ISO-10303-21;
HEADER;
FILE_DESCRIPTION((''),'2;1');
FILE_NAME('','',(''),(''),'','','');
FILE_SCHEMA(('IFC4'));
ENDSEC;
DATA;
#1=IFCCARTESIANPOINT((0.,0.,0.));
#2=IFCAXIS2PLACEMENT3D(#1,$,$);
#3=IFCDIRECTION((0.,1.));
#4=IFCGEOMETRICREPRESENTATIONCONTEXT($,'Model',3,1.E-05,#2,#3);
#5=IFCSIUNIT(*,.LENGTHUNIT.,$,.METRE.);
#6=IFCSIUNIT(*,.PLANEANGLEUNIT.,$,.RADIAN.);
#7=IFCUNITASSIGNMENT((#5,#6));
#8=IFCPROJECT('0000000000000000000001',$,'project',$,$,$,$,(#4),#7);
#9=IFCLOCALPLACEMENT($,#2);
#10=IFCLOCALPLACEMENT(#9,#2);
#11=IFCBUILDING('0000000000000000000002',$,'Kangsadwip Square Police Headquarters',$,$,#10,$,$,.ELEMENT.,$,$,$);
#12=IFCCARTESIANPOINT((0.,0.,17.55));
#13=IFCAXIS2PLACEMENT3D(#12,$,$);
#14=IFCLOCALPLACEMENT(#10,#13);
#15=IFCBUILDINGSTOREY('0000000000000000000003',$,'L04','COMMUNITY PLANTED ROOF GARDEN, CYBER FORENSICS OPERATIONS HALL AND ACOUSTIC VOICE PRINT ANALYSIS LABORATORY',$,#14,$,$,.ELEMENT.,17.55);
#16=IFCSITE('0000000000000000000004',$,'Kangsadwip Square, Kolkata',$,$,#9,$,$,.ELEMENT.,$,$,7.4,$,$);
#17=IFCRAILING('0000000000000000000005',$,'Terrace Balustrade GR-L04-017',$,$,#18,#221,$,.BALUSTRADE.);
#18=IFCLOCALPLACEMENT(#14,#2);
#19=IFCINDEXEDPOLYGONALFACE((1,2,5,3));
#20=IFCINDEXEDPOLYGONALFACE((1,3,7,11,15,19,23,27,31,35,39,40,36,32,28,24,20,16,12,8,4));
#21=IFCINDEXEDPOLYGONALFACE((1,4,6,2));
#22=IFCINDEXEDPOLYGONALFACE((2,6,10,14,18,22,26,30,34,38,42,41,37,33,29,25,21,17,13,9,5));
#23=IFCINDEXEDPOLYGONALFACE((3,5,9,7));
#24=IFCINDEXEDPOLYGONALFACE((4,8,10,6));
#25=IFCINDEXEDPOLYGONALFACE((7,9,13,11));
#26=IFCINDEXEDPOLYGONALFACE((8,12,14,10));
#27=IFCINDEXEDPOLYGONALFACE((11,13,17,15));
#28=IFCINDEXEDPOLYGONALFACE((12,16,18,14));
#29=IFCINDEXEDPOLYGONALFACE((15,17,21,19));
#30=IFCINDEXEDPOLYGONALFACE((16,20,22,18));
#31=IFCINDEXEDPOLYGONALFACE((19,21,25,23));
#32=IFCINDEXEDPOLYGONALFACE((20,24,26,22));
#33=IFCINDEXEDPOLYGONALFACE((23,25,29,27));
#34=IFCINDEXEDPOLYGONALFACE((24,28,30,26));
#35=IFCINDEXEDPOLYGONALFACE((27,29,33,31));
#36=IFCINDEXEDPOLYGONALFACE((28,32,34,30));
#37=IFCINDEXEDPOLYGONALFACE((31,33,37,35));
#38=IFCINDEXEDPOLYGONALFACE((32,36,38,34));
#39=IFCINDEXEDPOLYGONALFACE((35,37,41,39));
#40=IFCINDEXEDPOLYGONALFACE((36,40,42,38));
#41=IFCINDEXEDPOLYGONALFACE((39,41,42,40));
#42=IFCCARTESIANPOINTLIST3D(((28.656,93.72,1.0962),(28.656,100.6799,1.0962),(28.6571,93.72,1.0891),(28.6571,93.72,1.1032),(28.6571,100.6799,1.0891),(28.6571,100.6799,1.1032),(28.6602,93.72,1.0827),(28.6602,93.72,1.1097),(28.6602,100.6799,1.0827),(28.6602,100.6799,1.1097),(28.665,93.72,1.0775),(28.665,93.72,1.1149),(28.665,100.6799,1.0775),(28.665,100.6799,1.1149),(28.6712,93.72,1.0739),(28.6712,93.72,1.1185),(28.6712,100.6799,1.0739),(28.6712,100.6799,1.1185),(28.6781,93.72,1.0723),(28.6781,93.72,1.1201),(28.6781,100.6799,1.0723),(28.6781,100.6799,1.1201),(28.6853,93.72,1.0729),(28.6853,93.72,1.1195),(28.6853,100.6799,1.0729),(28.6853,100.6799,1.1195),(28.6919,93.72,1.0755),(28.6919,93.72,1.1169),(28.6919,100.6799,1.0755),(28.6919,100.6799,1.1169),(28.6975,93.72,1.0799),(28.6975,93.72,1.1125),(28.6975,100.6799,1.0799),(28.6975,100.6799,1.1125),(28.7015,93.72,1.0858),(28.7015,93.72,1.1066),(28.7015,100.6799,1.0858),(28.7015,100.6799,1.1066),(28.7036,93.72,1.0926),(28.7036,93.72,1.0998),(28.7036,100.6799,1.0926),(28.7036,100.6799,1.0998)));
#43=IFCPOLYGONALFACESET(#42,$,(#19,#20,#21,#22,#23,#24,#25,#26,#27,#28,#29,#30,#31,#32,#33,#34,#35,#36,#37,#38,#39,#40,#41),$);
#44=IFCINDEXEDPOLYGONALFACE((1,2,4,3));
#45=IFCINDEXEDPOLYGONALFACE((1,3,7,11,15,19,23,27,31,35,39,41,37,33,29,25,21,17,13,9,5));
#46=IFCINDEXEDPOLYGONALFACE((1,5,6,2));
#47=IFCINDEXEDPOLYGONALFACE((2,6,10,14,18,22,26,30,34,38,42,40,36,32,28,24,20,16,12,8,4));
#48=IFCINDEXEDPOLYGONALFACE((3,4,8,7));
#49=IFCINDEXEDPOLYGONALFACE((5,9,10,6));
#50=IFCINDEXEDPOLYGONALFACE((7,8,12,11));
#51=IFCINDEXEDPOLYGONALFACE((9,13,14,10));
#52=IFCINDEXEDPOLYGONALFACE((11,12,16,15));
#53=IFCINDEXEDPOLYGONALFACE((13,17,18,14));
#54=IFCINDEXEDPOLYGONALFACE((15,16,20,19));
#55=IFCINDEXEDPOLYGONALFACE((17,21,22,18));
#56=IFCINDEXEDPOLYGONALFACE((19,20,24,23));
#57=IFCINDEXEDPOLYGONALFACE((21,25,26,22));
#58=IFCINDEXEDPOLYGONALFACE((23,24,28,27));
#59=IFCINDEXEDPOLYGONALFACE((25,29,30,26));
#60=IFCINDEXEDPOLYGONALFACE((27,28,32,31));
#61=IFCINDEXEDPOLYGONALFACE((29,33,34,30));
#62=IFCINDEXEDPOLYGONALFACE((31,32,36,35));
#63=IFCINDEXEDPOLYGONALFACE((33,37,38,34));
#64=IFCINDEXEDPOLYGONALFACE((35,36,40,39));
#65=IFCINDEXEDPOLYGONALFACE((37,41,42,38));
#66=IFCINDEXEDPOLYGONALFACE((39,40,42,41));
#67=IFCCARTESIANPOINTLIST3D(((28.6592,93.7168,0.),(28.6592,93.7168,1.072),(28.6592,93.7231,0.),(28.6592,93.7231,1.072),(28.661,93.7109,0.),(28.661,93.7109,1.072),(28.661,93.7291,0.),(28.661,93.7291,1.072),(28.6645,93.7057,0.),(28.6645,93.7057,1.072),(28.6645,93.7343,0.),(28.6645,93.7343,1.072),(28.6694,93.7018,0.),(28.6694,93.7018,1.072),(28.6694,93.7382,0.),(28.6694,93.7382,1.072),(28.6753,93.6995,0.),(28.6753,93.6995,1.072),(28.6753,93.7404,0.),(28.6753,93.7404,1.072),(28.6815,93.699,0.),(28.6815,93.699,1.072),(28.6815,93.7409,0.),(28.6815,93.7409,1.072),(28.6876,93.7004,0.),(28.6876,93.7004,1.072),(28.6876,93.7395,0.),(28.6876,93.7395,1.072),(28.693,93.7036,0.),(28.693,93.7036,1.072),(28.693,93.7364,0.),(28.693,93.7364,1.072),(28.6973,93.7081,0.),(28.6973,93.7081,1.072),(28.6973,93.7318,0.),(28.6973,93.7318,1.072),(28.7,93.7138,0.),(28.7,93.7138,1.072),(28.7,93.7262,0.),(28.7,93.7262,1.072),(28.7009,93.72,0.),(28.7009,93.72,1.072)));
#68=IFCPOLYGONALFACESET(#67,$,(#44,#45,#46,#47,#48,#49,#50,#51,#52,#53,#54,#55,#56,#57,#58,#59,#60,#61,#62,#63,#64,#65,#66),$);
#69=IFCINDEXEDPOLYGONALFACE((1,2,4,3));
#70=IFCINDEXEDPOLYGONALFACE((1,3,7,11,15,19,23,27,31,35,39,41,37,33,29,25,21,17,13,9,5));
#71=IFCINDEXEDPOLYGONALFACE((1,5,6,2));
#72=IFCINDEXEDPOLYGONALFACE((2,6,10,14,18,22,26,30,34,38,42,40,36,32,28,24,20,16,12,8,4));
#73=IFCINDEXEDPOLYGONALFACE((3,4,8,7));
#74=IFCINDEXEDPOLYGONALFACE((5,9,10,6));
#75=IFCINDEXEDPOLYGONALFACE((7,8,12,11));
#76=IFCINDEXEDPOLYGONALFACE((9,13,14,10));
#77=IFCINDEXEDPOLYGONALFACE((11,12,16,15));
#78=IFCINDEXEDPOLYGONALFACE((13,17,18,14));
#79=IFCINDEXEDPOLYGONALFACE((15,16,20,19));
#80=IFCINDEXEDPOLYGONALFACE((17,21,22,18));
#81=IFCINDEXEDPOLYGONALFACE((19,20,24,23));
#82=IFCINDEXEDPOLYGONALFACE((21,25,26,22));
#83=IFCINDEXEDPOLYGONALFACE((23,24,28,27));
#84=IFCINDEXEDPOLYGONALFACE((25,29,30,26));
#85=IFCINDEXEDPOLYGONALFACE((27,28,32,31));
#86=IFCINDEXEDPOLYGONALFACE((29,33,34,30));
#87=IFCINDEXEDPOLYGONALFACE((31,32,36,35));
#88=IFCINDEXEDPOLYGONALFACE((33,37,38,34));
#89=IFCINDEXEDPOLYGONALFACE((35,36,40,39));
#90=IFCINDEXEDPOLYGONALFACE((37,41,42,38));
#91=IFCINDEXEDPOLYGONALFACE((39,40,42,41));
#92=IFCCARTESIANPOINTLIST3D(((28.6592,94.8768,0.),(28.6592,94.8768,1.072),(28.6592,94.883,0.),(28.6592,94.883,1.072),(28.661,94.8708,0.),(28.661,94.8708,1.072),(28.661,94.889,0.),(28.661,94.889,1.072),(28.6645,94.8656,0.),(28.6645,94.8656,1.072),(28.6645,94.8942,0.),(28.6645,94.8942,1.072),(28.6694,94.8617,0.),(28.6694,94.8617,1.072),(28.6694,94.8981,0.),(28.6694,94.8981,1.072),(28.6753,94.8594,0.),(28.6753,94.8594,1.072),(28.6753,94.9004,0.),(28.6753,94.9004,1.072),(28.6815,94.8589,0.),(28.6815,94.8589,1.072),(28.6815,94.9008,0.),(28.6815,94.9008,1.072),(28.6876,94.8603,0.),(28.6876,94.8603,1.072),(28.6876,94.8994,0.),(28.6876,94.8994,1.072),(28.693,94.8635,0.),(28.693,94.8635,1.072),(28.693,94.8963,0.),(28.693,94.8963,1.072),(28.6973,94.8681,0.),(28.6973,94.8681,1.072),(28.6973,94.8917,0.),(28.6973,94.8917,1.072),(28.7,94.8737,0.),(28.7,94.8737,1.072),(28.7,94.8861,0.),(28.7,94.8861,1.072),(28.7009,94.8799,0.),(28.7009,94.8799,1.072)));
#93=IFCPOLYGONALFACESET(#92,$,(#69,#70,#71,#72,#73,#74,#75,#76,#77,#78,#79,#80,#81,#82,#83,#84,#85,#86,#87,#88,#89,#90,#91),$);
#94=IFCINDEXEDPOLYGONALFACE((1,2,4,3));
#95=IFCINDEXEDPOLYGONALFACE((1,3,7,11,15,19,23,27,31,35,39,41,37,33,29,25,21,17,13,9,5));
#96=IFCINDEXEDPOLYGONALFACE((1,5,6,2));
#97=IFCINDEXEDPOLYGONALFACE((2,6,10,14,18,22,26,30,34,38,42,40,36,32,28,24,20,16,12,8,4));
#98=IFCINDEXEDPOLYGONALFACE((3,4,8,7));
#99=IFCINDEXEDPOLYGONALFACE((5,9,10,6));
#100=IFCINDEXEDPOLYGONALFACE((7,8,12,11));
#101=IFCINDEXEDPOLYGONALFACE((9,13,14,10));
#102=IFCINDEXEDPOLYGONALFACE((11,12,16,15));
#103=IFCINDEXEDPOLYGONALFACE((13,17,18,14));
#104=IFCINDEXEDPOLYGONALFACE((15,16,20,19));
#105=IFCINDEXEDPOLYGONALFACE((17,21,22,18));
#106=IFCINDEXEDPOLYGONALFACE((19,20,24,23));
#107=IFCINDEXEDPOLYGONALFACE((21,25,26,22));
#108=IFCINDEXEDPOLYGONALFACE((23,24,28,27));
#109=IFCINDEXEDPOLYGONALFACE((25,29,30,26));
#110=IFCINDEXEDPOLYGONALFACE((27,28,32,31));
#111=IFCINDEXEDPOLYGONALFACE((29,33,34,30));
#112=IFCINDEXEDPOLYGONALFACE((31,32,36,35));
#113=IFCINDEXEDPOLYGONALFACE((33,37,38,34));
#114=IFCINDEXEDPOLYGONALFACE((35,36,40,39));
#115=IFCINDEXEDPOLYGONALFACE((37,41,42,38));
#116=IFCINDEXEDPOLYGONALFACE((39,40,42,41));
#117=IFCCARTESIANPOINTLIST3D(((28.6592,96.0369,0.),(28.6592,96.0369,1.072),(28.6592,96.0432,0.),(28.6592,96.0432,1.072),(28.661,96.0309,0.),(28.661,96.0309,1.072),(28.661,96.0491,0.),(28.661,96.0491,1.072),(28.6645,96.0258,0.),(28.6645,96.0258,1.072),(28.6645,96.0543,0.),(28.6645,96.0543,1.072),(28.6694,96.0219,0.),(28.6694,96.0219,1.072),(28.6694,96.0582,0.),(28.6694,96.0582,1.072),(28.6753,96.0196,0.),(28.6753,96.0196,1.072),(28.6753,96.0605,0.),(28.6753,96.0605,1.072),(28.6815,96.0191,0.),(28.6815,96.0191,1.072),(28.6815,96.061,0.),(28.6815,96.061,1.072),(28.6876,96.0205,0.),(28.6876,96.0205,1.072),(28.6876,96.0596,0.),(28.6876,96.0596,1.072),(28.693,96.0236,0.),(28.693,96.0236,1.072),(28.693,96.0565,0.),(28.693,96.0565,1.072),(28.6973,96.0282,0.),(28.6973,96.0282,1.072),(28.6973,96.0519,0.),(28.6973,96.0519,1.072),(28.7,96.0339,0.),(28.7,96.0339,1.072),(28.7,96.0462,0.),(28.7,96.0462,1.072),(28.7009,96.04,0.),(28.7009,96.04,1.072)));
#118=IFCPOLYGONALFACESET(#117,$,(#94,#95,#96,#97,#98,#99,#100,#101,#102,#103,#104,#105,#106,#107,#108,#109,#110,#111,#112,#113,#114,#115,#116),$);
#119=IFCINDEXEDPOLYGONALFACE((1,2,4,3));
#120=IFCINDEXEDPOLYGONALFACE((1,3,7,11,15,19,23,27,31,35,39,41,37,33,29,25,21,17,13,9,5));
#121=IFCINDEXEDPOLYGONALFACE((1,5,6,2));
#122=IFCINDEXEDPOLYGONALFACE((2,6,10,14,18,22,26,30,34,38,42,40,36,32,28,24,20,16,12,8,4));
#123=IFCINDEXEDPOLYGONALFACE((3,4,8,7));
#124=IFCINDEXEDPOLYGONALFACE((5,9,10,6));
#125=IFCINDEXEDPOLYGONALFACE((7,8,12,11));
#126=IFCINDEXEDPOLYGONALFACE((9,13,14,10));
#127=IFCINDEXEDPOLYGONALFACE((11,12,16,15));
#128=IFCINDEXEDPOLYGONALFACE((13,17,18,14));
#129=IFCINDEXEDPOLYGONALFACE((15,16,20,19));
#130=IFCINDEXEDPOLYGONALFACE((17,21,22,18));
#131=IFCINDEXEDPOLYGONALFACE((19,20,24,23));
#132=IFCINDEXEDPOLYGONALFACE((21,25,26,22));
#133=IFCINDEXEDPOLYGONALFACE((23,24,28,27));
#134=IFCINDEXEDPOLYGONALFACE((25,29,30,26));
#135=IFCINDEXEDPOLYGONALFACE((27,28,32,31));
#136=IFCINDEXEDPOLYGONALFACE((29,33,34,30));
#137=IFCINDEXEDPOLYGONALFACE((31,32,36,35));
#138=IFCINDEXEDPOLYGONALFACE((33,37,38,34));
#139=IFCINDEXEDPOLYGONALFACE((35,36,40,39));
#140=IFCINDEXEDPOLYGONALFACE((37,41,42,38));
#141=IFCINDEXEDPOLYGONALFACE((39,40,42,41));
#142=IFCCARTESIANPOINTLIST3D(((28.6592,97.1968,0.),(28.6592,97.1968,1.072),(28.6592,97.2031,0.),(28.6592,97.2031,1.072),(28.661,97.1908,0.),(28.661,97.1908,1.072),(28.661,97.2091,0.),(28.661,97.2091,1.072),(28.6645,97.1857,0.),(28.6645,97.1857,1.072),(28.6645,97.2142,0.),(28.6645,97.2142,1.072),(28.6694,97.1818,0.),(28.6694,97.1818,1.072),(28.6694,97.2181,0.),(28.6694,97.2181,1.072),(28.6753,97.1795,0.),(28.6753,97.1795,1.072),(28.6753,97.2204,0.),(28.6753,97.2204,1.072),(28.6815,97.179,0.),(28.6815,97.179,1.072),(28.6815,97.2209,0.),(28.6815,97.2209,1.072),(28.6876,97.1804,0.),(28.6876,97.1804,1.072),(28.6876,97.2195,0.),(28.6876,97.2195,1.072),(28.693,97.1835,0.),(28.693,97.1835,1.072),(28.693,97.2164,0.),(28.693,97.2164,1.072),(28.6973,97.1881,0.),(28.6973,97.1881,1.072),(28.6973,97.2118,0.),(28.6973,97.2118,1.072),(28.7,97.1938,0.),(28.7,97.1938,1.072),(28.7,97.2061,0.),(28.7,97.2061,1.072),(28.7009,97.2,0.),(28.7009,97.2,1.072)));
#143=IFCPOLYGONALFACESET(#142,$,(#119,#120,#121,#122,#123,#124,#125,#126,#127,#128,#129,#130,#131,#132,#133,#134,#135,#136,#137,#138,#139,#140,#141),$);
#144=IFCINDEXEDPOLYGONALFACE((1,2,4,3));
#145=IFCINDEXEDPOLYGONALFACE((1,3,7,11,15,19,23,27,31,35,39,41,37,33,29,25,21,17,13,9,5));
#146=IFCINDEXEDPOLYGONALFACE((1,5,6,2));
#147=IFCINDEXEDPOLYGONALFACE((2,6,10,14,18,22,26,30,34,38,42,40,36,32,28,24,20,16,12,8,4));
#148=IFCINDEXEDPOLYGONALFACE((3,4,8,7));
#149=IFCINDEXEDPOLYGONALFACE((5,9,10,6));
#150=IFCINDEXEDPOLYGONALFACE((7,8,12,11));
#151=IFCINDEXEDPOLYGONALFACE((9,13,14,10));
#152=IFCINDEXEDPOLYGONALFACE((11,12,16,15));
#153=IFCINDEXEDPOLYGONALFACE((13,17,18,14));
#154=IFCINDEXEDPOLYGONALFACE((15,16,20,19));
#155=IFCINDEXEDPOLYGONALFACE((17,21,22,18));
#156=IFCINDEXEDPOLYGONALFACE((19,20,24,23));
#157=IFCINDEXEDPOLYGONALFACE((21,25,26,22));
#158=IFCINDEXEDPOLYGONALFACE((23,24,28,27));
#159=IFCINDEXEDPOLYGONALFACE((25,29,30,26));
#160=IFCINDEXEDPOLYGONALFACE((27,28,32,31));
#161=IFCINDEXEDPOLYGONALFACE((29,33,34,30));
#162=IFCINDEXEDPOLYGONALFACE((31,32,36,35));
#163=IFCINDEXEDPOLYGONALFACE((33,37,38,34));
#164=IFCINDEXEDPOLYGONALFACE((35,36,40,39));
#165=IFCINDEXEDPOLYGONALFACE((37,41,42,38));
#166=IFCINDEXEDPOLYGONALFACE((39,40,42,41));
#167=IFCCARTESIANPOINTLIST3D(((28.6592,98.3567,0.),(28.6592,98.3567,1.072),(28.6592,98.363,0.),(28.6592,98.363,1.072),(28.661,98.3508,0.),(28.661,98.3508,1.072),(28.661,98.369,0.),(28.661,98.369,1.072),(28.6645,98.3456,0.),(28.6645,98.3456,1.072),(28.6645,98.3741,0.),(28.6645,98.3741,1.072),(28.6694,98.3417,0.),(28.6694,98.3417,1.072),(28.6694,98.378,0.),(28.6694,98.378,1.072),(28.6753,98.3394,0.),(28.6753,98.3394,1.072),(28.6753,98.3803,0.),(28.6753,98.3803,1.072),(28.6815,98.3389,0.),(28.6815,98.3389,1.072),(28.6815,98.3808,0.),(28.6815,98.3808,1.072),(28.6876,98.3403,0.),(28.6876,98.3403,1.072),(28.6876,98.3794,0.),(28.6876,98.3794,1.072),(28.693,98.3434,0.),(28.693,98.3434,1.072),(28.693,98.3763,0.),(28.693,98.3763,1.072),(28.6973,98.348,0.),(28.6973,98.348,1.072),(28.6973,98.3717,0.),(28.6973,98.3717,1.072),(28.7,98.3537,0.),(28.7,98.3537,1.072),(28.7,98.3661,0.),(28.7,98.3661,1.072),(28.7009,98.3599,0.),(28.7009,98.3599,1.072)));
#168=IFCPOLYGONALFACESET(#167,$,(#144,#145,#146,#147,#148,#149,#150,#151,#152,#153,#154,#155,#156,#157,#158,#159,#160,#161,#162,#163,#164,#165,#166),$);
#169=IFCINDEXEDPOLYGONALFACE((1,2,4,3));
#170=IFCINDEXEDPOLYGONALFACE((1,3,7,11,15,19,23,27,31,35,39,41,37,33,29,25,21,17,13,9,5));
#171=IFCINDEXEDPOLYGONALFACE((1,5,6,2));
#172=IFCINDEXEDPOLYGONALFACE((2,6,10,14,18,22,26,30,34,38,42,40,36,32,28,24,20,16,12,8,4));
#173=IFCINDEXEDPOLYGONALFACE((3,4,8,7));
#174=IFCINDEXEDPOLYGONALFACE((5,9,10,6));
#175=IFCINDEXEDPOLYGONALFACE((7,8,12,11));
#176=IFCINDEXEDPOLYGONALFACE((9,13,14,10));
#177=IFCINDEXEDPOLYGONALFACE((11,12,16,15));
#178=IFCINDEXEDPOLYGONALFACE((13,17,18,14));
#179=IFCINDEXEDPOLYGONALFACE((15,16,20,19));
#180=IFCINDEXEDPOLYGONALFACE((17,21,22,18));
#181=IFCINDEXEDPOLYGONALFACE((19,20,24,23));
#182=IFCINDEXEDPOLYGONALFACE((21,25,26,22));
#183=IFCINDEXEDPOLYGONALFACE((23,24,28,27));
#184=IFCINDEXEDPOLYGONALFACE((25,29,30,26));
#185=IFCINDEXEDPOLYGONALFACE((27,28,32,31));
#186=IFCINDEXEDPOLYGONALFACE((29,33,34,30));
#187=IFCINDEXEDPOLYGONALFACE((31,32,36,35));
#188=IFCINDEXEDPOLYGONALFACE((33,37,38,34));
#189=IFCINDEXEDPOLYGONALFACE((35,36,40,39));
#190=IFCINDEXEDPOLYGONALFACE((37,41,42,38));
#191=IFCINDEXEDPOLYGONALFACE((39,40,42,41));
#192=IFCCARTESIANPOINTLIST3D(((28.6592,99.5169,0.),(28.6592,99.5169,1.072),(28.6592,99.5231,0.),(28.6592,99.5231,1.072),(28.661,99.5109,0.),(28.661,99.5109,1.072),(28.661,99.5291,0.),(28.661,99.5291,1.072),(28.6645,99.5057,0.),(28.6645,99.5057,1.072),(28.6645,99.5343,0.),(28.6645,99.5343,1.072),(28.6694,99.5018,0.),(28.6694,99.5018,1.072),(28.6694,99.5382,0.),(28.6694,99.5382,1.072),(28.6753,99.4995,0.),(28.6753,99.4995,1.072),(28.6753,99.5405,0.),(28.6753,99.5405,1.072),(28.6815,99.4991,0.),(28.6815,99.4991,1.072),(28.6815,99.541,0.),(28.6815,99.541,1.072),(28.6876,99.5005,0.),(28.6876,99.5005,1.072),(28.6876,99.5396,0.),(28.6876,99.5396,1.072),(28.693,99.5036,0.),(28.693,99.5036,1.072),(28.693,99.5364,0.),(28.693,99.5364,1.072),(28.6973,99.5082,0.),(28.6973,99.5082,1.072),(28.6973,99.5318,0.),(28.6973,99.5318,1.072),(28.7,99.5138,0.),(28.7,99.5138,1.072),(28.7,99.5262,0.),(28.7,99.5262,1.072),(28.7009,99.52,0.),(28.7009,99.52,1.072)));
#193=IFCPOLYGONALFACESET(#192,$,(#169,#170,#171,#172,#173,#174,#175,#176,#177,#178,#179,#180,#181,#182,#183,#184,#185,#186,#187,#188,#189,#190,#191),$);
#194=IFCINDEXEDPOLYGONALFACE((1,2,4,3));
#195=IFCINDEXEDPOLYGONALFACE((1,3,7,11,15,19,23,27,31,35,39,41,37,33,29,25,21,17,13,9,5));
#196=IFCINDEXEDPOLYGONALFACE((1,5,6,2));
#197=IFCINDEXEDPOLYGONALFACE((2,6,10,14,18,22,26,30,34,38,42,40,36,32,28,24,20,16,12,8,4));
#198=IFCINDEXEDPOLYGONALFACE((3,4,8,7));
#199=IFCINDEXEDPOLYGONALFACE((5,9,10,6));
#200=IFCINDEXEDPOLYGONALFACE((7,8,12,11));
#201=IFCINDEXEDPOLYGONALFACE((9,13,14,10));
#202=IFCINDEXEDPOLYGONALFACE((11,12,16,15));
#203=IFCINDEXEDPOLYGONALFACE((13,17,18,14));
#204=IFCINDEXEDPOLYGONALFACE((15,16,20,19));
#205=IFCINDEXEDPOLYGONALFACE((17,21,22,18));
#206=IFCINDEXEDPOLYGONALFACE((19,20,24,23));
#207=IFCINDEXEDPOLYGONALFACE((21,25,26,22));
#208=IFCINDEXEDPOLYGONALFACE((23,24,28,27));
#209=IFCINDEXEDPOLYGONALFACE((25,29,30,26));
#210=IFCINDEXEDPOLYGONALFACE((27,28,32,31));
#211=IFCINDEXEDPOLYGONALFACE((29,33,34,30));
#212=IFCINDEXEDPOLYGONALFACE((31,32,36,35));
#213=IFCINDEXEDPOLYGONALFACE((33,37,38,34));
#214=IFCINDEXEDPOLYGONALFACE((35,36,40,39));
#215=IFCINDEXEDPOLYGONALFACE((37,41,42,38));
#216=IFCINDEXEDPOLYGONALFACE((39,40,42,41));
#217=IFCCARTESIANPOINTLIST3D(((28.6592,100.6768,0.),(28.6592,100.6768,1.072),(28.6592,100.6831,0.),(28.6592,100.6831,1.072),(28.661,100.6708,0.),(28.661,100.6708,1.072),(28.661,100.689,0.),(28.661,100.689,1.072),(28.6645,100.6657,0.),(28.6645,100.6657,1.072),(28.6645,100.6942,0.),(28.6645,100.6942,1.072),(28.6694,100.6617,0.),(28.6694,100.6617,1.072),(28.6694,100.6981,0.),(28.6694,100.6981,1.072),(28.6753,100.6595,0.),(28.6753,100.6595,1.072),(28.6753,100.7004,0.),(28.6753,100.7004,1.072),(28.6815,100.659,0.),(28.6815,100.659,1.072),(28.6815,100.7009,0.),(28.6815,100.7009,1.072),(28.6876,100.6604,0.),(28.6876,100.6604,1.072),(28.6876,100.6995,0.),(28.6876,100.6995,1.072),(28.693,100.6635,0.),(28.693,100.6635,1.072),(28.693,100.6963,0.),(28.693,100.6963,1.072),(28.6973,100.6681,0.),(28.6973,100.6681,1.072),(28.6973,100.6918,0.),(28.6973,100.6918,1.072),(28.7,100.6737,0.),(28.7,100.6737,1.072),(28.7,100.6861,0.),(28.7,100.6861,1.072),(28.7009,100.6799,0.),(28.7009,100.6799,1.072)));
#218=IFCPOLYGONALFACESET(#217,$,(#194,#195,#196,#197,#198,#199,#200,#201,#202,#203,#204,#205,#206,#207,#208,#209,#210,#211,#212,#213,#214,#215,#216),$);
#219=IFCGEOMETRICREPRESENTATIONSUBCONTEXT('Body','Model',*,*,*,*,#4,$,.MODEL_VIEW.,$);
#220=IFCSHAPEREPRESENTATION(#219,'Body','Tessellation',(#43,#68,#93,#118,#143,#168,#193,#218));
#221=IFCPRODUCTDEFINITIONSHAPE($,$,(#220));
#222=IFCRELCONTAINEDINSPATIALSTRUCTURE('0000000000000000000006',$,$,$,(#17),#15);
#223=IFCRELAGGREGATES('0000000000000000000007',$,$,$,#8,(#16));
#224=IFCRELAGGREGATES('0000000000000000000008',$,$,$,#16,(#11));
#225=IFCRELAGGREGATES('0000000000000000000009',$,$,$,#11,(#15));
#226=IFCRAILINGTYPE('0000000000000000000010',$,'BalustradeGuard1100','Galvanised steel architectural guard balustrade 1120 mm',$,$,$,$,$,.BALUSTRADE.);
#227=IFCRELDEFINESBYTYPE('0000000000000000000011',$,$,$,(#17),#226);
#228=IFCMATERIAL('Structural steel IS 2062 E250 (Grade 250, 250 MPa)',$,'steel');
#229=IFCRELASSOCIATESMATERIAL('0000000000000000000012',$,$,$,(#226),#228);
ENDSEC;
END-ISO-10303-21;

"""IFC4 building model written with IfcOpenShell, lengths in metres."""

from ifc_helpers import new_model, si_unit, direction, frame, origin, origin_2d, place, context, subcontext, project, spatial, circle, extrude, material, type_object, element, save


model = new_model("IFC4")

# Units and contexts
model_context = context("Model", 3, precision=1e-05, world=origin(), true_north=direction((0.0, 1.0)))
body_context = subcontext(model_context, "Body", "Model", "MODEL_VIEW")
ifc_project = project(units=[si_unit("LENGTHUNIT", "METRE"), si_unit("PLANEANGLEUNIT", "RADIAN")], contexts=[model_context])

# Site, building, storey
site_placement = place(None, origin())
site = spatial("IfcSite", under=ifc_project, at=site_placement, Name="Kangsadwip Square, Kolkata", CompositionType="ELEMENT", RefElevation=7.4)
building_placement = place(site_placement, origin())
building = spatial("IfcBuilding", under=site, at=building_placement, Name="Kangsadwip Square Police Headquarters", CompositionType="ELEMENT")
storey_placement = place(building_placement, frame((0.0, 0.0, 17.55)))
storey = spatial("IfcBuildingStorey", under=building, at=storey_placement, Name="L04", Description="COMMUNITY PLANTED ROOF GARDEN, CYBER FORENSICS OPERATIONS HALL AND ACOUSTIC VOICE PRINT ANALYSIS LABORATORY", CompositionType="ELEMENT", Elevation=17.55)

# Railing
ifc_material_1 = material(Name="Structural steel IS 2062 E250 (Grade 250, 250 MPa)", Category="steel")
railing_type = type_object("IfcRailingType", Name="BalustradeGuard1100", Description="Galvanised steel architectural guard balustrade 1120 mm", PredefinedType="BALUSTRADE", material=ifc_material_1)
for number, where, name in (
    (1, (28.6799, 93.72, 0.0), "Terrace Balustrade GR-L04-017"),
):
    element("IfcRailing", number, at=place(storey_placement, frame(where)), inside=storey, type_object=railing_type, Name=name, PredefinedType="BALUSTRADE", context=body_context, shape_type="SweptSolid", body=[
        extrude(circle(Radius=0.0239, at=origin_2d()), frame((0.0, 0.0, 1.0962), z_axis=(0.0, 1.0, 0.0), x_axis=(-1.0, 0.0, 0.0)), (0.0, 0.0, 1.0), 6.96),
        extrude(circle(Radius=0.021, at=origin_2d()), origin(), (0.0, 0.0, 1.0), 1.072),
        extrude(circle(Radius=0.021, at=origin_2d()), frame((0.0, 1.1599, 0.0)), (0.0, 0.0, 1.0), 1.072),
        extrude(circle(Radius=0.021, at=origin_2d()), frame((0.0, 2.3201, 0.0)), (0.0, 0.0, 1.0), 1.072),
        extrude(circle(Radius=0.021, at=origin_2d()), frame((0.0, 3.48, 0.0)), (0.0, 0.0, 1.0), 1.072),
        extrude(circle(Radius=0.021, at=origin_2d()), frame((0.0, 4.6399, 0.0)), (0.0, 0.0, 1.0), 1.072),
        extrude(circle(Radius=0.021, at=origin_2d()), frame((0.0, 5.8, 0.0)), (0.0, 0.0, 1.0), 1.072),
        extrude(circle(Radius=0.021, at=origin_2d()), frame((0.0, 6.96, 0.0)), (0.0, 0.0, 1.0), 1.072),
    ])

save(model, "model.ifc")
